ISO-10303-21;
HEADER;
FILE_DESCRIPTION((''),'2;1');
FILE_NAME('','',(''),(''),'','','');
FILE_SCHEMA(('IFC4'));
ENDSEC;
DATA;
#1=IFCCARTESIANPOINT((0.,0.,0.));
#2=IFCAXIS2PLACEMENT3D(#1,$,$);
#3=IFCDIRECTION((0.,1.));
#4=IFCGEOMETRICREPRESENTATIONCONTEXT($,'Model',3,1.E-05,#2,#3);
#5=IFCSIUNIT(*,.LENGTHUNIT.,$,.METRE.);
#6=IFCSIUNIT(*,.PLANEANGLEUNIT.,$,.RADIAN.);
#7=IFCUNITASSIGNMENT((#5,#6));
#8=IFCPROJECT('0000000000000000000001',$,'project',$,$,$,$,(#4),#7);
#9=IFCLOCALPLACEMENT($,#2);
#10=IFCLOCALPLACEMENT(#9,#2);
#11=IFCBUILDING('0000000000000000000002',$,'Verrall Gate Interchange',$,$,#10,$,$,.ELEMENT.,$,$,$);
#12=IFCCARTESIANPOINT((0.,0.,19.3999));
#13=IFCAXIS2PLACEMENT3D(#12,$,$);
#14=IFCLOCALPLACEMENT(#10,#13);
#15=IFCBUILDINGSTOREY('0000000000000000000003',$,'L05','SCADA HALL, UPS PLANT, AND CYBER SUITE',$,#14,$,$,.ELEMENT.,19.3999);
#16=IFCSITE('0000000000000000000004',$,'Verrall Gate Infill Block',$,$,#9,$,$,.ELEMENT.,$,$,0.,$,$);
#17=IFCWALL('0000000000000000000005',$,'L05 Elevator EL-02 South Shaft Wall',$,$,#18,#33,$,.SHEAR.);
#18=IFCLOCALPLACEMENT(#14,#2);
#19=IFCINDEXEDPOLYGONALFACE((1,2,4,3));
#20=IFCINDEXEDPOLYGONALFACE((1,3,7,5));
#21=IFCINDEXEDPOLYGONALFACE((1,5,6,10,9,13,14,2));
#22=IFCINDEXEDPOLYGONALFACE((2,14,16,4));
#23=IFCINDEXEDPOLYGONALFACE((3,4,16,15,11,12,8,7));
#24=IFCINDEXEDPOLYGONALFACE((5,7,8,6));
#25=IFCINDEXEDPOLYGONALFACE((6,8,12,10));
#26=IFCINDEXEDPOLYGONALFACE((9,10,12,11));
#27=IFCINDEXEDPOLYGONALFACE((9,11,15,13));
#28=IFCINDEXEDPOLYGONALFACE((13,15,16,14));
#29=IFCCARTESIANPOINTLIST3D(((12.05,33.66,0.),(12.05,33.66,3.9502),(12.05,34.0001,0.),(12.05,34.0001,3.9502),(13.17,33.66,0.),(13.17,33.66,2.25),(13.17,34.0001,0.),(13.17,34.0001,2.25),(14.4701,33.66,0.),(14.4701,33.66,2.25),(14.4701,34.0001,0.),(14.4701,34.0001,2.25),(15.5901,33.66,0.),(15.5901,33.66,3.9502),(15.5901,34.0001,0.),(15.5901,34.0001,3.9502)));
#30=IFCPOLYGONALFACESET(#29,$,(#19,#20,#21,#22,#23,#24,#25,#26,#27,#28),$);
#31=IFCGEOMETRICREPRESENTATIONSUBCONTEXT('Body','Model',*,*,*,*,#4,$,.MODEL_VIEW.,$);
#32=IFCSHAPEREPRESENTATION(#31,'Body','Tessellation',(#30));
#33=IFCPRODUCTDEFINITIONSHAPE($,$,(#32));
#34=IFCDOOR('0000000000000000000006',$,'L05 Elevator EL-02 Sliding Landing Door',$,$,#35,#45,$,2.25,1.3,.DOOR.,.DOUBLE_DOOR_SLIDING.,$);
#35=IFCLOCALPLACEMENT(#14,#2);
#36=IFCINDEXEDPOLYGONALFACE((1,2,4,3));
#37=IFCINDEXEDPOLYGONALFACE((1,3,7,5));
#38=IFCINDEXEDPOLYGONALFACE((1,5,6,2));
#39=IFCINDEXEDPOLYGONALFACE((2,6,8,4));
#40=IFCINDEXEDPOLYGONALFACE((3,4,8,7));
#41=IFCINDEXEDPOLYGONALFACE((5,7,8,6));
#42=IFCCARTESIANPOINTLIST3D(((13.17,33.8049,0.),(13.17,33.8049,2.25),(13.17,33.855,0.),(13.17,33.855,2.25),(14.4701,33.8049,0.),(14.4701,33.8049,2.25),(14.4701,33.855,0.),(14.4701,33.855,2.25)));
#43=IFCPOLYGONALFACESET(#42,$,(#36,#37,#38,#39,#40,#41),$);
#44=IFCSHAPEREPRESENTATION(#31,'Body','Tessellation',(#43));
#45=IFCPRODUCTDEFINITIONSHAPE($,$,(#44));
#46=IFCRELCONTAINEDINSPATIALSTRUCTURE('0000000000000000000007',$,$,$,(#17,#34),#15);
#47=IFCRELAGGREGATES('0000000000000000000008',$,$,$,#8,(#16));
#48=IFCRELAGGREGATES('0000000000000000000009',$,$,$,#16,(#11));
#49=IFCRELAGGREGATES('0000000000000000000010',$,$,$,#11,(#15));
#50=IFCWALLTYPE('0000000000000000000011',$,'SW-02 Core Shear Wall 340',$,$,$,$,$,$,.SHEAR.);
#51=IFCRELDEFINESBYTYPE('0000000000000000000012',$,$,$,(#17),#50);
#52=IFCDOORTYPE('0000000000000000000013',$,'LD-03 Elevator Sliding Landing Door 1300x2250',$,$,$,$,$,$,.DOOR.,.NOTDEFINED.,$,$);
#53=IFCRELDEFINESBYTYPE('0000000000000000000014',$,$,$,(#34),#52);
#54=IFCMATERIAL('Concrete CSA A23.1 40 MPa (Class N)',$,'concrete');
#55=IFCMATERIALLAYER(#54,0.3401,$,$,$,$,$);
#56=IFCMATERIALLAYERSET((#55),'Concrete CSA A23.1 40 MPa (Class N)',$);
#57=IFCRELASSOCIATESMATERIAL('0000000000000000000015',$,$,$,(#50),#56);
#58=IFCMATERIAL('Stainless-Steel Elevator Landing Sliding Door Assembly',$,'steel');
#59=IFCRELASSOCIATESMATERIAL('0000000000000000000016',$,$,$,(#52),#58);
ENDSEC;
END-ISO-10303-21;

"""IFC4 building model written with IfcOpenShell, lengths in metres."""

from ifc_helpers import new_model, si_unit, direction, frame, frame_2d, origin, place, context, subcontext, project, spatial, rectangle, extrude, material, layer, layer_set, type_object, element, fill, save


model = new_model("IFC4")

# Units and contexts
model_context = context("Model", 3, precision=1e-05, world=origin(), true_north=direction((0.0, 1.0)))
body_context = subcontext(model_context, "Body", "Model", "MODEL_VIEW")
ifc_project = project(units=[si_unit("LENGTHUNIT", "METRE"), si_unit("PLANEANGLEUNIT", "RADIAN")], contexts=[model_context])

# Site, building, storey
site_placement = place(None, origin())
site = spatial("IfcSite", under=ifc_project, at=site_placement, Name="Verrall Gate Infill Block", CompositionType="ELEMENT", RefElevation=0.0)
building_placement = place(site_placement, origin())
building = spatial("IfcBuilding", under=site, at=building_placement, Name="Verrall Gate Interchange", CompositionType="ELEMENT")
storey_placement = place(building_placement, frame((0.0, 0.0, 19.3999)))
storey = spatial("IfcBuildingStorey", under=building, at=storey_placement, Name="L05", Description="SCADA HALL, UPS PLANT, AND CYBER SUITE", CompositionType="ELEMENT", Elevation=19.3999)

# Wall, opening, door
ifc_material_1 = material(Name="Concrete CSA A23.1 40 MPa (Class N)", Category="concrete")
ifc_layer_1 = layer(ifc_material_1, 0.3401)
ifc_layer_set_1 = layer_set([ifc_layer_1], Name="Concrete CSA A23.1 40 MPa (Class N)")
wall_type_1 = type_object("IfcWallType", Name="SW-02 Core Shear Wall 340", PredefinedType="SHEAR", material=ifc_layer_set_1)
wall_1_placement = place(storey_placement, frame((12.05, 33.8301, 0.0), z_axis=(0.0, 0.0, 1.0), x_axis=(1.0, 0.0, 0.0)))
wall_1 = element("IfcWall", 1, at=wall_1_placement, inside=storey, type_object=wall_type_1, Name="L05 Elevator EL-02 South Shaft Wall", PredefinedType="SHEAR", context=body_context, shape_type="SweptSolid", body=[
    extrude(rectangle(XDim=3.54, YDim=0.3401, at=frame_2d((1.77, 0.0))), origin(), (0.0, 0.0, 1.0), 3.9502),
])
opening_1_placement = place(wall_1_placement, frame((1.1201, 0.0, 0.0)))
opening_1 = element("IfcOpeningElement", 2, at=opening_1_placement, cuts=wall_1, PredefinedType="OPENING", context=body_context, shape_type="SweptSolid", body=[
    extrude(rectangle(XDim=1.3, YDim=2.25, at=frame_2d((0.6499, 1.125))), frame((0.0, 0.1851, 0.0), z_axis=(0.0, -1.0, 0.0), x_axis=(1.0, 0.0, 0.0)), (0.0, 0.0, 1.0), 0.3699),
])
ifc_material_2 = material(Name="Stainless-Steel Elevator Landing Sliding Door Assembly", Category="steel")
door_type_1 = type_object("IfcDoorType", Name="LD-03 Elevator Sliding Landing Door 1300x2250", OperationType="NOTDEFINED", PredefinedType="DOOR", material=ifc_material_2)
door_1_placement = place(opening_1_placement, origin())
door_1 = element("IfcDoor", 3, at=door_1_placement, inside=storey, type_object=door_type_1, Name="L05 Elevator EL-02 Sliding Landing Door", OperationType="DOUBLE_DOOR_SLIDING", OverallHeight=2.25, OverallWidth=1.3, PredefinedType="DOOR", context=body_context, shape_type="SweptSolid", body=[
    extrude(rectangle(XDim=1.3, YDim=2.25, at=frame_2d((0.6499, 1.125))), frame((0.0, 0.0249, 0.0), z_axis=(0.0, -1.0, 0.0), x_axis=(1.0, 0.0, 0.0)), (0.0, 0.0, 1.0), 0.05),
])
fill(opening_1, door_1)

save(model, "model.ifc")
